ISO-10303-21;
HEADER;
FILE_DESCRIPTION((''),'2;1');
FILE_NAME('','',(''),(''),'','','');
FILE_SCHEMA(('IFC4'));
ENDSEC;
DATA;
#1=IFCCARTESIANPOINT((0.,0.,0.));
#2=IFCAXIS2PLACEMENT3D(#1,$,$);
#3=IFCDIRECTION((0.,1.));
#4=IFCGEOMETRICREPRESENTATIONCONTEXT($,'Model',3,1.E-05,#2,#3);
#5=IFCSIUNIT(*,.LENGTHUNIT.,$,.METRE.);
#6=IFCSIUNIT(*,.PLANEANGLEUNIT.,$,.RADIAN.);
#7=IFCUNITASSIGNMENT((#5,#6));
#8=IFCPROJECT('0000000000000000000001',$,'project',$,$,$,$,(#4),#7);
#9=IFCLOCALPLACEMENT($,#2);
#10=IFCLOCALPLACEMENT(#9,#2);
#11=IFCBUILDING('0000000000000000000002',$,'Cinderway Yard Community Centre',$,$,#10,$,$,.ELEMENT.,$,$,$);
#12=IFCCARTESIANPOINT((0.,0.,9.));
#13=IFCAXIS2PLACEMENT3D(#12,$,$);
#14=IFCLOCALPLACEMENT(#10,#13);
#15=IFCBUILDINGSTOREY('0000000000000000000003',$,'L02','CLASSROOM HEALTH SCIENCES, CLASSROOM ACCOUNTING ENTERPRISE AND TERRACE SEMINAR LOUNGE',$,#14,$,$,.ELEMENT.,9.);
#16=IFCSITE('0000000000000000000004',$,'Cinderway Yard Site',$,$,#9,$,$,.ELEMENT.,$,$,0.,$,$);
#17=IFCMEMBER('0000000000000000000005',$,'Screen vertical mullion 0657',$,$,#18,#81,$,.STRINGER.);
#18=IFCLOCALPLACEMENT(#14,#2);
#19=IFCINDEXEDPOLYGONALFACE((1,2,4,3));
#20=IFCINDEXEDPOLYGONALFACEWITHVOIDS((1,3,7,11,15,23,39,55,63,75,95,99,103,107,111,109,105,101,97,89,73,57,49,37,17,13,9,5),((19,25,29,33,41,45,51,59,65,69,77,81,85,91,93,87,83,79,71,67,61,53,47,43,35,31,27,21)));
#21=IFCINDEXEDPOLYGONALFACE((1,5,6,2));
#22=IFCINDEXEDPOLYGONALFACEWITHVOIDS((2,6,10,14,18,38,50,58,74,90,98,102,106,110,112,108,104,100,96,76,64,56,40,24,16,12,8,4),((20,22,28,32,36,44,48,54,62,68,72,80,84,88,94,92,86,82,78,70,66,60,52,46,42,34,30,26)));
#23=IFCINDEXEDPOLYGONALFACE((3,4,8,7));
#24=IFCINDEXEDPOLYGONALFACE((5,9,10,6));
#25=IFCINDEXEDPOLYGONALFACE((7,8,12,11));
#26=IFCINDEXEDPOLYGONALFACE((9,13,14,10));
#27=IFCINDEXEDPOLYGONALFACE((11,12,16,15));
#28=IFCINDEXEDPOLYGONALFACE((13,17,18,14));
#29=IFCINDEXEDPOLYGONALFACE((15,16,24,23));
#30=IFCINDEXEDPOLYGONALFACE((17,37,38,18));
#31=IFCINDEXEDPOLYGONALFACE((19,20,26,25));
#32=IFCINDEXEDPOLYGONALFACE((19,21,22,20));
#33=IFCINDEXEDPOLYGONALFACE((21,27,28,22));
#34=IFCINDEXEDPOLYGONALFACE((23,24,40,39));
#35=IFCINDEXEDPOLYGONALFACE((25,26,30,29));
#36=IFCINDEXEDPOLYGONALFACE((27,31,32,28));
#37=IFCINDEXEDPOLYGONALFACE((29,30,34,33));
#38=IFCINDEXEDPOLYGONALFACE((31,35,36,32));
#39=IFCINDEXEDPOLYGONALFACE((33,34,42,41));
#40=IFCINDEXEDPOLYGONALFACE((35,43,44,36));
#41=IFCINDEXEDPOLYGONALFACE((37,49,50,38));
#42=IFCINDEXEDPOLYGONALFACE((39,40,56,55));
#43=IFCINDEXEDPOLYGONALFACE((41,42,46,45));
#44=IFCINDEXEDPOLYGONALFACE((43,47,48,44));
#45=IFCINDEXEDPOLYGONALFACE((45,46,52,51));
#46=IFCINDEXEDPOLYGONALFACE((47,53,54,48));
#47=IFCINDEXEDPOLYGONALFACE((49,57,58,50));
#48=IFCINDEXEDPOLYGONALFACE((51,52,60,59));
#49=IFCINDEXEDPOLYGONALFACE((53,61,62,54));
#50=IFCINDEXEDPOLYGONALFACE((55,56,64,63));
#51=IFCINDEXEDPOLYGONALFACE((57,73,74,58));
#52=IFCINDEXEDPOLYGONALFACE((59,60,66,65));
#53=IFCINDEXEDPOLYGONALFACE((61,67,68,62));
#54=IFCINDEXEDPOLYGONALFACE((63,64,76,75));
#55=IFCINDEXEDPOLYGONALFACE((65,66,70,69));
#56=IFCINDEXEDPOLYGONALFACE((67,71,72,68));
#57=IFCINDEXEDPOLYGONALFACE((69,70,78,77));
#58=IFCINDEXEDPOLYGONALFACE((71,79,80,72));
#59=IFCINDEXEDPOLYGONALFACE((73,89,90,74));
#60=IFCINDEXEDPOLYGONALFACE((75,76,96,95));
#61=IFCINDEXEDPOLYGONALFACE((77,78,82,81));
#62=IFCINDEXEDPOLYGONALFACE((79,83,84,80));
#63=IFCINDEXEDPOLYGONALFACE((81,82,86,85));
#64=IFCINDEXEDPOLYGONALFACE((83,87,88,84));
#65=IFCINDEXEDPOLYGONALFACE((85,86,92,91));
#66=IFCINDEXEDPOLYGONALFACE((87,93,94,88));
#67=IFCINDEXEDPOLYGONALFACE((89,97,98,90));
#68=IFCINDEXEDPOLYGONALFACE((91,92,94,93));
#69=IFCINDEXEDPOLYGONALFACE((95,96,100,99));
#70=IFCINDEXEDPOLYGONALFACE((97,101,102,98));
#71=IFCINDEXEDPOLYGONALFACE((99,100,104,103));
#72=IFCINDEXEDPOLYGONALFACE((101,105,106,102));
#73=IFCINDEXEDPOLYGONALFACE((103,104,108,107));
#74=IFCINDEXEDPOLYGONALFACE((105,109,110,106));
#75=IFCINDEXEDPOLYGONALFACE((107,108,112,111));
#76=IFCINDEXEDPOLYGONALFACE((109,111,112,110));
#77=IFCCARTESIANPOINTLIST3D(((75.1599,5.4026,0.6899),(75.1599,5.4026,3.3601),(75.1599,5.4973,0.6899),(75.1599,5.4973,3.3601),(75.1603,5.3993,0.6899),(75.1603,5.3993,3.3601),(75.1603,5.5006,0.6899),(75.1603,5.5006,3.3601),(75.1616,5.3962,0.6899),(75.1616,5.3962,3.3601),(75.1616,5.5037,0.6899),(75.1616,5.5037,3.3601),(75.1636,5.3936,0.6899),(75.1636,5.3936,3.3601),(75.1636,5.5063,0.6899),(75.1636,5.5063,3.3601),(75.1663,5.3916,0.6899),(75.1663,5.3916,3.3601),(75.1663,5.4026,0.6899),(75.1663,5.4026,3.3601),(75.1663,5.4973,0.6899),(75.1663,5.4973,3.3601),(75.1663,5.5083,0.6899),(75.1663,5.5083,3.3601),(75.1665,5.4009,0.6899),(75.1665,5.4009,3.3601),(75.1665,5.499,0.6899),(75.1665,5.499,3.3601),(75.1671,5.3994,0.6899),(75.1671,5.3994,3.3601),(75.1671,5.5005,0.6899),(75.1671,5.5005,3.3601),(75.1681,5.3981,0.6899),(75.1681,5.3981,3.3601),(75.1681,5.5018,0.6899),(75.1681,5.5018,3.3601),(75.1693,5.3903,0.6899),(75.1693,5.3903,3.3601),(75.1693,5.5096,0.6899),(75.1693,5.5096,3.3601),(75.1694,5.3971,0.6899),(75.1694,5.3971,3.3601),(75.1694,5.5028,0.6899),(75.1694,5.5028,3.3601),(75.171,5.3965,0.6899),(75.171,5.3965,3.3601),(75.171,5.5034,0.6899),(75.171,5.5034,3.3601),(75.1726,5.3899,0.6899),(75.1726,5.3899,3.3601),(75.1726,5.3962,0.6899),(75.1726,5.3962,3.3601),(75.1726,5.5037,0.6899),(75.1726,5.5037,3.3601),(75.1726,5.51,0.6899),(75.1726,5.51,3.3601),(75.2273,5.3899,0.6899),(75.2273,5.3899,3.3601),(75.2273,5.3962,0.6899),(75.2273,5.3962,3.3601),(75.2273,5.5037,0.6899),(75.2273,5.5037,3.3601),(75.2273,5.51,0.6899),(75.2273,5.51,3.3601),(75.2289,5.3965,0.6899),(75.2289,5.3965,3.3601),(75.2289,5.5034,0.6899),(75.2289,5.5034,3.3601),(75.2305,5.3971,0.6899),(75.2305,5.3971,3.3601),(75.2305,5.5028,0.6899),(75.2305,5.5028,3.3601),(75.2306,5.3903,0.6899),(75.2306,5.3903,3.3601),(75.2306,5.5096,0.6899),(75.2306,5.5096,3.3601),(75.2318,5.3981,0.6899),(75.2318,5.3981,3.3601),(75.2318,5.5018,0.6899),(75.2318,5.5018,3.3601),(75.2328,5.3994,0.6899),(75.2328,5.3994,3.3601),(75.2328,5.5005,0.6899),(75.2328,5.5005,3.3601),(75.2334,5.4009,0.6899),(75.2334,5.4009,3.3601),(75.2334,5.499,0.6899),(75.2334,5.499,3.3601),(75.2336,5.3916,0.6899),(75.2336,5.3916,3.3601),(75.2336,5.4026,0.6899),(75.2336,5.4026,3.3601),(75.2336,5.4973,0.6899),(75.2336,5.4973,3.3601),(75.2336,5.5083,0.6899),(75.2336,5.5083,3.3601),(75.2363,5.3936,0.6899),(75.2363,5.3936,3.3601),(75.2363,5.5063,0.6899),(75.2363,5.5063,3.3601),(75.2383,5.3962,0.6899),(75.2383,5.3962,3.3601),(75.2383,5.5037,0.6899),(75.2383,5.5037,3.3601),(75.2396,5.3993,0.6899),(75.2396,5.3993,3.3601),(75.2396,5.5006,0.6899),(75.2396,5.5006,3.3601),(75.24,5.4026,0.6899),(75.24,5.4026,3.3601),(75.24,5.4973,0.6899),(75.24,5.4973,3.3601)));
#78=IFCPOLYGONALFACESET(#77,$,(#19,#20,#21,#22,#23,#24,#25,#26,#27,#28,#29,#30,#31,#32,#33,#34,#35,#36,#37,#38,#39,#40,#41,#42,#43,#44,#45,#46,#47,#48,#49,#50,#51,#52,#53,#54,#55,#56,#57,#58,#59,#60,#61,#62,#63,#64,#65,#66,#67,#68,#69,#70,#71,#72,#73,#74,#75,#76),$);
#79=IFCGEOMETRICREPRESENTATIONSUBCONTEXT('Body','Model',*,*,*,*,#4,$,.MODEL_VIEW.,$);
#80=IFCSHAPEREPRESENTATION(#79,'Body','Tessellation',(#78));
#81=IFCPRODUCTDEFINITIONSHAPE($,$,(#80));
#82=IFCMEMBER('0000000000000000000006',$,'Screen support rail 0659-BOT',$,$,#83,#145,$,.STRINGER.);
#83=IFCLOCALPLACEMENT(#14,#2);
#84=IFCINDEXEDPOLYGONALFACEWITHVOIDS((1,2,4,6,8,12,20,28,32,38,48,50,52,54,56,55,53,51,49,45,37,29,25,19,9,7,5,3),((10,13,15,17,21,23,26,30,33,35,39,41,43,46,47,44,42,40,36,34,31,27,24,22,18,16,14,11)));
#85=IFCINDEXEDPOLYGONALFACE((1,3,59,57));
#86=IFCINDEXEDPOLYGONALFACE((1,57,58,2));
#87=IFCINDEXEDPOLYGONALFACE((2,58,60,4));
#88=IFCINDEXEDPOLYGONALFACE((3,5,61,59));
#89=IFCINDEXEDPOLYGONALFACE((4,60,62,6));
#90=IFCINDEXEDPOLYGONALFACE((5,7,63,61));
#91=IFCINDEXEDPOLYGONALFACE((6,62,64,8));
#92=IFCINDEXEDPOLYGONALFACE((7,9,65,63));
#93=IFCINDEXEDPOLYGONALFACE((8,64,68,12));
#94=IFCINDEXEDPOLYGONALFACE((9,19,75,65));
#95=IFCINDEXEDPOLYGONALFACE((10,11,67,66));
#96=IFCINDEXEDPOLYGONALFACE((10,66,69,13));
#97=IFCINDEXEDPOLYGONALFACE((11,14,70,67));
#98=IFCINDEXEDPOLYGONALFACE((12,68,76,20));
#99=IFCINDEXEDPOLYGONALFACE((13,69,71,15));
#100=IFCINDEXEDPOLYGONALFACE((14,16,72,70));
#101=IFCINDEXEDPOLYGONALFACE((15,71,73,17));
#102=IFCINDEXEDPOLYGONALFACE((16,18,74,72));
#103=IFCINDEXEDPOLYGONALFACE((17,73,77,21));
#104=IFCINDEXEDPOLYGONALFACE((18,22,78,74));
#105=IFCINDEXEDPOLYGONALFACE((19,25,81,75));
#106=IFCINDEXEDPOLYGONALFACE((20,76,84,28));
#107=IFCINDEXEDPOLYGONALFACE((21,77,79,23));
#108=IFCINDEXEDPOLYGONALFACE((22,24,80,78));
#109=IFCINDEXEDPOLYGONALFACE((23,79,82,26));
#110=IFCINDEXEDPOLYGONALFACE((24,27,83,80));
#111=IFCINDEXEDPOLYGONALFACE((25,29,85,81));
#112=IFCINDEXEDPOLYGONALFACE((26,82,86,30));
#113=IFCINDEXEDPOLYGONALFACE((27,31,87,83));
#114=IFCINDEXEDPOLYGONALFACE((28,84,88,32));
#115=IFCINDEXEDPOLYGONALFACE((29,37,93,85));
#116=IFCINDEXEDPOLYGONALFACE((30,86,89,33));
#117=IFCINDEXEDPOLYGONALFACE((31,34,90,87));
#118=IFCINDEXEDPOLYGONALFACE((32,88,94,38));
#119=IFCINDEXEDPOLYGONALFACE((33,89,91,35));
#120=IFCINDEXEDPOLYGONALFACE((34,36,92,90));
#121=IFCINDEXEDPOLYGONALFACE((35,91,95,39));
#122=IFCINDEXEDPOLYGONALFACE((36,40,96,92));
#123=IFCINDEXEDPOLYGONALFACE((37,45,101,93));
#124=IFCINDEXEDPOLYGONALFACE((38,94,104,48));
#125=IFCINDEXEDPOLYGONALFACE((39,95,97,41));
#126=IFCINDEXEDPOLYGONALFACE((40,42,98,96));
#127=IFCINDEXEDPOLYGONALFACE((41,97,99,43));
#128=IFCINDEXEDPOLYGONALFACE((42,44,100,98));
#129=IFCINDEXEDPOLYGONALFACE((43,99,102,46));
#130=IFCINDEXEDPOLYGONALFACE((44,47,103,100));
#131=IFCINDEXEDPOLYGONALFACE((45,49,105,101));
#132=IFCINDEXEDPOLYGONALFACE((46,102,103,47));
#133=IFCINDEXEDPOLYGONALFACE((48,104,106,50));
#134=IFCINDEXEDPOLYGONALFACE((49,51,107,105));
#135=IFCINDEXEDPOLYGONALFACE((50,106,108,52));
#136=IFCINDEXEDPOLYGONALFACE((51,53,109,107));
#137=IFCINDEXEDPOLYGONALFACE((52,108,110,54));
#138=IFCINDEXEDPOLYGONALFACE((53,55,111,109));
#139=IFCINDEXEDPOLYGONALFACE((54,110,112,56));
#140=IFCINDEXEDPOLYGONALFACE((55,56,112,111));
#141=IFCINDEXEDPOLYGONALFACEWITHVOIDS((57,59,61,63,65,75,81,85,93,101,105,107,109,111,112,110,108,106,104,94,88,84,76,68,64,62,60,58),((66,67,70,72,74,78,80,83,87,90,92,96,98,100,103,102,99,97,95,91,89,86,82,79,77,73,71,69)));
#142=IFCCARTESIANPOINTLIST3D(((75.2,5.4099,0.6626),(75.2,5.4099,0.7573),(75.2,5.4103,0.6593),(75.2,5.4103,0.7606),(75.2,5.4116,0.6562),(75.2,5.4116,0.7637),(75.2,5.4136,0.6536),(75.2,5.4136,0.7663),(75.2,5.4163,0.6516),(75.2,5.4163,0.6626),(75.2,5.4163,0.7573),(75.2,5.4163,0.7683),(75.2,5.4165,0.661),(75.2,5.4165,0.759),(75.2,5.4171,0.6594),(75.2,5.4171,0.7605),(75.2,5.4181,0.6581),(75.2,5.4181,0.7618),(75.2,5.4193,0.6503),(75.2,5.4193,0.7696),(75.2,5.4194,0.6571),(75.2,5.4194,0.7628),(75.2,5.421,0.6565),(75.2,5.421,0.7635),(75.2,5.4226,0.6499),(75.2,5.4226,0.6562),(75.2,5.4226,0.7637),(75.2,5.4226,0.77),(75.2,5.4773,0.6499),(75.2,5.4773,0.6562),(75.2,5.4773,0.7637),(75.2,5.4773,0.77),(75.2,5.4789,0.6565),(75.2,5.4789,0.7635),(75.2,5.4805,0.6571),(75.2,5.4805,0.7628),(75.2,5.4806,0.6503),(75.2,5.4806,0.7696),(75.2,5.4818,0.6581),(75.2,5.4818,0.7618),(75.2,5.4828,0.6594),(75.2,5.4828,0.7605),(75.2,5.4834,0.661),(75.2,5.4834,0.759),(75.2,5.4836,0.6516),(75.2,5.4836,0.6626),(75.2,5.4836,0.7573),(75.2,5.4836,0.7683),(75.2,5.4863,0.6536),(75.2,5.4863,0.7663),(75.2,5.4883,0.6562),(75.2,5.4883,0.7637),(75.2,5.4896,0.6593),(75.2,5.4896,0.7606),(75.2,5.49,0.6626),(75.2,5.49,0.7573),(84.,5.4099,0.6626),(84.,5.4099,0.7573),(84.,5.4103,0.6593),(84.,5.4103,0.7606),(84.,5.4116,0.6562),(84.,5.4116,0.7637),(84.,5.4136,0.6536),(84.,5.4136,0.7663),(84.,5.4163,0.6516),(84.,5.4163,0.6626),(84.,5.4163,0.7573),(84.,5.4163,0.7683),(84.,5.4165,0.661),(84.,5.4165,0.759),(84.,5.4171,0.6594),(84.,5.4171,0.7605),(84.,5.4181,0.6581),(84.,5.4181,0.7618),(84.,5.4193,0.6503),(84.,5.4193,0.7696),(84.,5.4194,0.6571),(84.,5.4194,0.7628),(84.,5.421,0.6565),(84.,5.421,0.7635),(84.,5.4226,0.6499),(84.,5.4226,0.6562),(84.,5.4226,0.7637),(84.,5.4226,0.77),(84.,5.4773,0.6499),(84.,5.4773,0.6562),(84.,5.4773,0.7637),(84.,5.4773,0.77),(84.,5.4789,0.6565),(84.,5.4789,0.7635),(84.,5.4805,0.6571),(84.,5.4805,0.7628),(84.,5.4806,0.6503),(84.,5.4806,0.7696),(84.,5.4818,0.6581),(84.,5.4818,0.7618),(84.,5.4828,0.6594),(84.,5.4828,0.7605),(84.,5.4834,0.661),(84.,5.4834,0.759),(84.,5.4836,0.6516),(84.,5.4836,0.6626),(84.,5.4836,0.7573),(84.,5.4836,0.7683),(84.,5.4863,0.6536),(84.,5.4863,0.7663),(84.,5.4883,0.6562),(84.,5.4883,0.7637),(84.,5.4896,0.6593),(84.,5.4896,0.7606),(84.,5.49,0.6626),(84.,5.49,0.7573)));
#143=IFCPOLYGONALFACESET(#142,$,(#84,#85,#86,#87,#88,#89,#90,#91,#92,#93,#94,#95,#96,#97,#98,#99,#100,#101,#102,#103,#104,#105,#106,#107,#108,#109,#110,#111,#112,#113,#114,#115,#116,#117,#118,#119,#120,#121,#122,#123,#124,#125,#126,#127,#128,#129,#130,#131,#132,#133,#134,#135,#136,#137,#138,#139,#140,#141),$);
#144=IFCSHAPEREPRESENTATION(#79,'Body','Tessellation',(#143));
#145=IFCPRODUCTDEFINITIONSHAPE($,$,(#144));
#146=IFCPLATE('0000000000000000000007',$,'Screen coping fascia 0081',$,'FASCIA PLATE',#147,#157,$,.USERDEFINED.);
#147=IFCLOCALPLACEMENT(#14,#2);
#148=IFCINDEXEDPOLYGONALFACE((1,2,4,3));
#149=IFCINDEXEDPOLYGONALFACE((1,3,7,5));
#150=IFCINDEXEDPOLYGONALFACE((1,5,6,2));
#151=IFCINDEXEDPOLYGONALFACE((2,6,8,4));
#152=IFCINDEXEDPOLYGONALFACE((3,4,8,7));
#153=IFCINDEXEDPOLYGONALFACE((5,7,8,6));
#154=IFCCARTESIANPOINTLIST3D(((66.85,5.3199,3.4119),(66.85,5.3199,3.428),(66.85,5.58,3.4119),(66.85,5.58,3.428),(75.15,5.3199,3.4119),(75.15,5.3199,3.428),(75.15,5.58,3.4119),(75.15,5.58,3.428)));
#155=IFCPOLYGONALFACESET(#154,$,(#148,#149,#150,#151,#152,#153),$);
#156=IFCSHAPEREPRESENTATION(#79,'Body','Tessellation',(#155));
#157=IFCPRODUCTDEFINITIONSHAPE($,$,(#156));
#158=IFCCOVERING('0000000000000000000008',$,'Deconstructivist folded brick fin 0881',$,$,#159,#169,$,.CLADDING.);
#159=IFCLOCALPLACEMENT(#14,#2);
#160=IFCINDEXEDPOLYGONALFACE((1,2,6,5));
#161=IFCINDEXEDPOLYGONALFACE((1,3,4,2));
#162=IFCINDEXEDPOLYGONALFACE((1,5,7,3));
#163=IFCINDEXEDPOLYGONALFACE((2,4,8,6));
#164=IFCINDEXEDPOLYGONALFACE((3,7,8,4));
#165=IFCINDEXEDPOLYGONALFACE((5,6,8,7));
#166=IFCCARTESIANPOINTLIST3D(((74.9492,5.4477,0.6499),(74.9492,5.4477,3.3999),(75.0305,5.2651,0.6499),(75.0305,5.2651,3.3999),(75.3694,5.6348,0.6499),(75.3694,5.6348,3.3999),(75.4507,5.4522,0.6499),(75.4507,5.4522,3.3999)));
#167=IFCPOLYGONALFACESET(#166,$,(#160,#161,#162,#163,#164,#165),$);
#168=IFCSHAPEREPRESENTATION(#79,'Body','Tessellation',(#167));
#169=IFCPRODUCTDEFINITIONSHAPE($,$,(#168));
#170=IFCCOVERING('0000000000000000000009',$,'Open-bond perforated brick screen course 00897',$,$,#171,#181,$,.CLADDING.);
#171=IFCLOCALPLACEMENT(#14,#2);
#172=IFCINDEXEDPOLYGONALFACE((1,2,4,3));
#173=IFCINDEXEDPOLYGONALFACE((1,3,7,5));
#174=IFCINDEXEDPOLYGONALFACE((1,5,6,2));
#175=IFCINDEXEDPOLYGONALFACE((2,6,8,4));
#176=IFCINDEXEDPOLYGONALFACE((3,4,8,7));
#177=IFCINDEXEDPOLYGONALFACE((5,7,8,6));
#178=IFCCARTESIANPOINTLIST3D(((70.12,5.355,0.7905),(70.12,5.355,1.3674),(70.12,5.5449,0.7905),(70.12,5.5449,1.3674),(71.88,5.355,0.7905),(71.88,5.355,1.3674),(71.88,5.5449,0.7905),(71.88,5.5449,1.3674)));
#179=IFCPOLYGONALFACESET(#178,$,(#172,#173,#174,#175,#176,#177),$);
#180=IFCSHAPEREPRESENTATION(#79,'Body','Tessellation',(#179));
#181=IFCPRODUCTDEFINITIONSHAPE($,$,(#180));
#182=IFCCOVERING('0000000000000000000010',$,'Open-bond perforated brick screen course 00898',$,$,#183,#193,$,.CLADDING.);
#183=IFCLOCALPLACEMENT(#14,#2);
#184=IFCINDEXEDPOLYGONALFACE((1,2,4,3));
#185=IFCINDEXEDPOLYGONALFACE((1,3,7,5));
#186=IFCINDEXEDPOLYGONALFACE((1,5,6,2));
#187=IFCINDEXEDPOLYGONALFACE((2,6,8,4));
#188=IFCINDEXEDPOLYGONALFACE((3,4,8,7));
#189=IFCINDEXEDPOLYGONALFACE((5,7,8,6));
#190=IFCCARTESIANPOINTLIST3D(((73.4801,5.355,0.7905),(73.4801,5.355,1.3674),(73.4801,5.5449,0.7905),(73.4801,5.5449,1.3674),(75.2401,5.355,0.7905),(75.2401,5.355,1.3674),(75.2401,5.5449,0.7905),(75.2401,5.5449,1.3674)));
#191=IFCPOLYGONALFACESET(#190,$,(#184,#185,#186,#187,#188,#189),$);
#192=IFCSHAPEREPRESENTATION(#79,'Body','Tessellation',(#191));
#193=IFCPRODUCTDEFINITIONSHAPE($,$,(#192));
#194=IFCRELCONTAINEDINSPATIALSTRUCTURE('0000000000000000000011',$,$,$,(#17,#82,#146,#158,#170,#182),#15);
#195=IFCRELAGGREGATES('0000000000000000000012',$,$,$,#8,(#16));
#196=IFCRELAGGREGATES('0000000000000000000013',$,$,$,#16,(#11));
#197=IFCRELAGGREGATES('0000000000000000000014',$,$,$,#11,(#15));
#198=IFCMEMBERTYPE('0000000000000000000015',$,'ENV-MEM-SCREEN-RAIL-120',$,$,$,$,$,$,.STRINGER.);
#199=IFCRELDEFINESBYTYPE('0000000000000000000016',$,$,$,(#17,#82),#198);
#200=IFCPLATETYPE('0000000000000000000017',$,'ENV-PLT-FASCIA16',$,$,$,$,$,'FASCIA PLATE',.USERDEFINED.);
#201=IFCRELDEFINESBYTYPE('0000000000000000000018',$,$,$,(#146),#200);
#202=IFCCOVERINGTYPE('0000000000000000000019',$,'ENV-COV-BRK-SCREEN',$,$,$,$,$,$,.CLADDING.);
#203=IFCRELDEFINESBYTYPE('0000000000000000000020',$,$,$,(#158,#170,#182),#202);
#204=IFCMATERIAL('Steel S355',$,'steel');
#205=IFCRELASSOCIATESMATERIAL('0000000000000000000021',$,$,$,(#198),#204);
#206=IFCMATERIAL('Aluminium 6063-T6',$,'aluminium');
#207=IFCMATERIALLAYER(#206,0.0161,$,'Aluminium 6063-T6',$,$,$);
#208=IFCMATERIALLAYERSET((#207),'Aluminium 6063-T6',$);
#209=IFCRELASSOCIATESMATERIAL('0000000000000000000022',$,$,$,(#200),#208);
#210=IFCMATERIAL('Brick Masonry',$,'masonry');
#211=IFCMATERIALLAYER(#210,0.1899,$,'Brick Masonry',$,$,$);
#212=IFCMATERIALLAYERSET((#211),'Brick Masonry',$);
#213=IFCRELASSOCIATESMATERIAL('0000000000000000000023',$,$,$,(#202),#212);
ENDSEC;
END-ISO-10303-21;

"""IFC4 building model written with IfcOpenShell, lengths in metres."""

from ifc_helpers import new_model, si_unit, direction, frame, origin, origin_2d, place, context, subcontext, project, spatial, rectangle, hollow_rectangle, extrude, material, layer, layer_set, material_profile, profile_set, type_object, element, save


model = new_model("IFC4")

# Units and contexts
model_context = context("Model", 3, precision=1e-05, world=origin(), true_north=direction((0.0, 1.0)))
body_context = subcontext(model_context, "Body", "Model", "MODEL_VIEW")
ifc_project = project(units=[si_unit("LENGTHUNIT", "METRE"), si_unit("PLANEANGLEUNIT", "RADIAN")], contexts=[model_context])

# Site, building, storey
site_placement = place(None, origin())
site = spatial("IfcSite", under=ifc_project, at=site_placement, Name="Cinderway Yard Site", CompositionType="ELEMENT", RefElevation=0.0)
building_placement = place(site_placement, origin())
building = spatial("IfcBuilding", under=site, at=building_placement, Name="Cinderway Yard Community Centre", CompositionType="ELEMENT")
storey_placement = place(building_placement, frame((0.0, 0.0, 9.0)))
storey = spatial("IfcBuildingStorey", under=building, at=storey_placement, Name="L02", Description="CLASSROOM HEALTH SCIENCES, CLASSROOM ACCOUNTING ENTERPRISE AND TERRACE SEMINAR LOUNGE", CompositionType="ELEMENT", Elevation=9.0)

# Members
ifc_material_1 = material(Name="Steel S355", Category="steel")
ifc_material_profile = material_profile(ifc_material_1, hollow_rectangle(XDim=0.0801, YDim=0.1201, WallThickness=0.0063, InnerFilletRadius=0.0063, OuterFilletRadius=0.0127, at=origin_2d()), Name="Steel S355")
ifc_profile_set = profile_set([ifc_material_profile], Name="Steel S355")
member_type = type_object("IfcMemberType", Name="ENV-MEM-SCREEN-RAIL-120", PredefinedType="STRINGER", material=ifc_profile_set)
for number, where, z_axis, x_axis, name in (
    (1, (75.2, 5.45, 0.6899), (0.0, 0.0, 1.0), (1.0, 0.0, 0.0), "Screen vertical mullion 0657"),
):
    element("IfcMember", number, at=place(storey_placement, frame(where, z_axis=z_axis, x_axis=x_axis)), inside=storey, type_object=member_type, Name=name, PredefinedType="STRINGER", context=body_context, shape_type="SweptSolid", body=[
        extrude(hollow_rectangle(XDim=0.0801, YDim=0.1201, WallThickness=0.0063, InnerFilletRadius=0.0063, OuterFilletRadius=0.0127, at=origin_2d()), origin(), (0.0, 0.0, 1.0), 2.6702),
    ])
member_placement = place(storey_placement, frame((75.2, 5.45, 0.71), z_axis=(1.0, 0.0, 0.0), x_axis=(0.0, 1.0, 0.0)))
element("IfcMember", 2, at=member_placement, inside=storey, type_object=member_type, Name="Screen support rail 0659-BOT", PredefinedType="STRINGER", context=body_context, shape_type="SweptSolid", body=[
    extrude(hollow_rectangle(XDim=0.0801, YDim=0.1201, WallThickness=0.0063, InnerFilletRadius=0.0063, OuterFilletRadius=0.0127, at=origin_2d()), origin(), (0.0, 0.0, 1.0), 8.8),
])

# Plate
ifc_material_2 = material(Name="Aluminium 6063-T6", Category="aluminium")
ifc_layer_1 = layer(ifc_material_2, 0.0161, Name="Aluminium 6063-T6")
ifc_layer_set_1 = layer_set([ifc_layer_1], Name="Aluminium 6063-T6")
plate_type = type_object("IfcPlateType", Name="ENV-PLT-FASCIA16", ElementType="FASCIA PLATE", PredefinedType="USERDEFINED", material=ifc_layer_set_1)
plate_placement = place(storey_placement, frame((71.0, 5.45, 3.4119), z_axis=(0.0, 0.0, 1.0), x_axis=(-1.0, 0.0, 0.0)))
element("IfcPlate", 3, at=plate_placement, inside=storey, type_object=plate_type, Name="Screen coping fascia 0081", ObjectType="FASCIA PLATE", PredefinedType="USERDEFINED", context=body_context, shape_type="SweptSolid", body=[
    extrude(rectangle(XDim=8.3, YDim=0.26, at=origin_2d()), origin(), (0.0, 0.0, 1.0), 0.0161),
])

# Coverings
ifc_material_3 = material(Name="Brick Masonry", Category="masonry")
ifc_layer_2 = layer(ifc_material_3, 0.1899, Name="Brick Masonry")
ifc_layer_set_2 = layer_set([ifc_layer_2], Name="Brick Masonry")
covering_type = type_object("IfcCoveringType", Name="ENV-COV-BRK-SCREEN", PredefinedType="CLADDING", material=ifc_layer_set_2)
covering_placement = place(storey_placement, frame((75.2, 5.45, 0.6499), z_axis=(0.0, 0.0, 1.0), x_axis=(-0.913545, -0.406737, 0.0)))
element("IfcCovering", 4, at=covering_placement, inside=storey, type_object=covering_type, Name="Deconstructivist folded brick fin 0881", PredefinedType="CLADDING", context=body_context, shape_type="SweptSolid", body=[
    extrude(rectangle(XDim=0.46, YDim=0.2, at=origin_2d()), origin(), (0.0, 0.0, 1.0), 2.75),
])
for number, where, z_axis, x_axis, name in (
    (5, (71.0, 5.45, 0.7905), (0.0, 0.0, 1.0), (-1.0, 0.0, 0.0), "Open-bond perforated brick screen course 00897"),
    (6, (74.3601, 5.45, 0.7905), (0.0, 0.0, 1.0), (-1.0, 0.0, 0.0), "Open-bond perforated brick screen course 00898"),
):
    element("IfcCovering", number, at=place(storey_placement, frame(where, z_axis=z_axis, x_axis=x_axis)), inside=storey, type_object=covering_type, Name=name, PredefinedType="CLADDING", context=body_context, shape_type="SweptSolid", body=[
        extrude(rectangle(XDim=1.76, YDim=0.1899, at=origin_2d()), origin(), (0.0, 0.0, 1.0), 0.5769),
    ])

save(model, "model.ifc")
